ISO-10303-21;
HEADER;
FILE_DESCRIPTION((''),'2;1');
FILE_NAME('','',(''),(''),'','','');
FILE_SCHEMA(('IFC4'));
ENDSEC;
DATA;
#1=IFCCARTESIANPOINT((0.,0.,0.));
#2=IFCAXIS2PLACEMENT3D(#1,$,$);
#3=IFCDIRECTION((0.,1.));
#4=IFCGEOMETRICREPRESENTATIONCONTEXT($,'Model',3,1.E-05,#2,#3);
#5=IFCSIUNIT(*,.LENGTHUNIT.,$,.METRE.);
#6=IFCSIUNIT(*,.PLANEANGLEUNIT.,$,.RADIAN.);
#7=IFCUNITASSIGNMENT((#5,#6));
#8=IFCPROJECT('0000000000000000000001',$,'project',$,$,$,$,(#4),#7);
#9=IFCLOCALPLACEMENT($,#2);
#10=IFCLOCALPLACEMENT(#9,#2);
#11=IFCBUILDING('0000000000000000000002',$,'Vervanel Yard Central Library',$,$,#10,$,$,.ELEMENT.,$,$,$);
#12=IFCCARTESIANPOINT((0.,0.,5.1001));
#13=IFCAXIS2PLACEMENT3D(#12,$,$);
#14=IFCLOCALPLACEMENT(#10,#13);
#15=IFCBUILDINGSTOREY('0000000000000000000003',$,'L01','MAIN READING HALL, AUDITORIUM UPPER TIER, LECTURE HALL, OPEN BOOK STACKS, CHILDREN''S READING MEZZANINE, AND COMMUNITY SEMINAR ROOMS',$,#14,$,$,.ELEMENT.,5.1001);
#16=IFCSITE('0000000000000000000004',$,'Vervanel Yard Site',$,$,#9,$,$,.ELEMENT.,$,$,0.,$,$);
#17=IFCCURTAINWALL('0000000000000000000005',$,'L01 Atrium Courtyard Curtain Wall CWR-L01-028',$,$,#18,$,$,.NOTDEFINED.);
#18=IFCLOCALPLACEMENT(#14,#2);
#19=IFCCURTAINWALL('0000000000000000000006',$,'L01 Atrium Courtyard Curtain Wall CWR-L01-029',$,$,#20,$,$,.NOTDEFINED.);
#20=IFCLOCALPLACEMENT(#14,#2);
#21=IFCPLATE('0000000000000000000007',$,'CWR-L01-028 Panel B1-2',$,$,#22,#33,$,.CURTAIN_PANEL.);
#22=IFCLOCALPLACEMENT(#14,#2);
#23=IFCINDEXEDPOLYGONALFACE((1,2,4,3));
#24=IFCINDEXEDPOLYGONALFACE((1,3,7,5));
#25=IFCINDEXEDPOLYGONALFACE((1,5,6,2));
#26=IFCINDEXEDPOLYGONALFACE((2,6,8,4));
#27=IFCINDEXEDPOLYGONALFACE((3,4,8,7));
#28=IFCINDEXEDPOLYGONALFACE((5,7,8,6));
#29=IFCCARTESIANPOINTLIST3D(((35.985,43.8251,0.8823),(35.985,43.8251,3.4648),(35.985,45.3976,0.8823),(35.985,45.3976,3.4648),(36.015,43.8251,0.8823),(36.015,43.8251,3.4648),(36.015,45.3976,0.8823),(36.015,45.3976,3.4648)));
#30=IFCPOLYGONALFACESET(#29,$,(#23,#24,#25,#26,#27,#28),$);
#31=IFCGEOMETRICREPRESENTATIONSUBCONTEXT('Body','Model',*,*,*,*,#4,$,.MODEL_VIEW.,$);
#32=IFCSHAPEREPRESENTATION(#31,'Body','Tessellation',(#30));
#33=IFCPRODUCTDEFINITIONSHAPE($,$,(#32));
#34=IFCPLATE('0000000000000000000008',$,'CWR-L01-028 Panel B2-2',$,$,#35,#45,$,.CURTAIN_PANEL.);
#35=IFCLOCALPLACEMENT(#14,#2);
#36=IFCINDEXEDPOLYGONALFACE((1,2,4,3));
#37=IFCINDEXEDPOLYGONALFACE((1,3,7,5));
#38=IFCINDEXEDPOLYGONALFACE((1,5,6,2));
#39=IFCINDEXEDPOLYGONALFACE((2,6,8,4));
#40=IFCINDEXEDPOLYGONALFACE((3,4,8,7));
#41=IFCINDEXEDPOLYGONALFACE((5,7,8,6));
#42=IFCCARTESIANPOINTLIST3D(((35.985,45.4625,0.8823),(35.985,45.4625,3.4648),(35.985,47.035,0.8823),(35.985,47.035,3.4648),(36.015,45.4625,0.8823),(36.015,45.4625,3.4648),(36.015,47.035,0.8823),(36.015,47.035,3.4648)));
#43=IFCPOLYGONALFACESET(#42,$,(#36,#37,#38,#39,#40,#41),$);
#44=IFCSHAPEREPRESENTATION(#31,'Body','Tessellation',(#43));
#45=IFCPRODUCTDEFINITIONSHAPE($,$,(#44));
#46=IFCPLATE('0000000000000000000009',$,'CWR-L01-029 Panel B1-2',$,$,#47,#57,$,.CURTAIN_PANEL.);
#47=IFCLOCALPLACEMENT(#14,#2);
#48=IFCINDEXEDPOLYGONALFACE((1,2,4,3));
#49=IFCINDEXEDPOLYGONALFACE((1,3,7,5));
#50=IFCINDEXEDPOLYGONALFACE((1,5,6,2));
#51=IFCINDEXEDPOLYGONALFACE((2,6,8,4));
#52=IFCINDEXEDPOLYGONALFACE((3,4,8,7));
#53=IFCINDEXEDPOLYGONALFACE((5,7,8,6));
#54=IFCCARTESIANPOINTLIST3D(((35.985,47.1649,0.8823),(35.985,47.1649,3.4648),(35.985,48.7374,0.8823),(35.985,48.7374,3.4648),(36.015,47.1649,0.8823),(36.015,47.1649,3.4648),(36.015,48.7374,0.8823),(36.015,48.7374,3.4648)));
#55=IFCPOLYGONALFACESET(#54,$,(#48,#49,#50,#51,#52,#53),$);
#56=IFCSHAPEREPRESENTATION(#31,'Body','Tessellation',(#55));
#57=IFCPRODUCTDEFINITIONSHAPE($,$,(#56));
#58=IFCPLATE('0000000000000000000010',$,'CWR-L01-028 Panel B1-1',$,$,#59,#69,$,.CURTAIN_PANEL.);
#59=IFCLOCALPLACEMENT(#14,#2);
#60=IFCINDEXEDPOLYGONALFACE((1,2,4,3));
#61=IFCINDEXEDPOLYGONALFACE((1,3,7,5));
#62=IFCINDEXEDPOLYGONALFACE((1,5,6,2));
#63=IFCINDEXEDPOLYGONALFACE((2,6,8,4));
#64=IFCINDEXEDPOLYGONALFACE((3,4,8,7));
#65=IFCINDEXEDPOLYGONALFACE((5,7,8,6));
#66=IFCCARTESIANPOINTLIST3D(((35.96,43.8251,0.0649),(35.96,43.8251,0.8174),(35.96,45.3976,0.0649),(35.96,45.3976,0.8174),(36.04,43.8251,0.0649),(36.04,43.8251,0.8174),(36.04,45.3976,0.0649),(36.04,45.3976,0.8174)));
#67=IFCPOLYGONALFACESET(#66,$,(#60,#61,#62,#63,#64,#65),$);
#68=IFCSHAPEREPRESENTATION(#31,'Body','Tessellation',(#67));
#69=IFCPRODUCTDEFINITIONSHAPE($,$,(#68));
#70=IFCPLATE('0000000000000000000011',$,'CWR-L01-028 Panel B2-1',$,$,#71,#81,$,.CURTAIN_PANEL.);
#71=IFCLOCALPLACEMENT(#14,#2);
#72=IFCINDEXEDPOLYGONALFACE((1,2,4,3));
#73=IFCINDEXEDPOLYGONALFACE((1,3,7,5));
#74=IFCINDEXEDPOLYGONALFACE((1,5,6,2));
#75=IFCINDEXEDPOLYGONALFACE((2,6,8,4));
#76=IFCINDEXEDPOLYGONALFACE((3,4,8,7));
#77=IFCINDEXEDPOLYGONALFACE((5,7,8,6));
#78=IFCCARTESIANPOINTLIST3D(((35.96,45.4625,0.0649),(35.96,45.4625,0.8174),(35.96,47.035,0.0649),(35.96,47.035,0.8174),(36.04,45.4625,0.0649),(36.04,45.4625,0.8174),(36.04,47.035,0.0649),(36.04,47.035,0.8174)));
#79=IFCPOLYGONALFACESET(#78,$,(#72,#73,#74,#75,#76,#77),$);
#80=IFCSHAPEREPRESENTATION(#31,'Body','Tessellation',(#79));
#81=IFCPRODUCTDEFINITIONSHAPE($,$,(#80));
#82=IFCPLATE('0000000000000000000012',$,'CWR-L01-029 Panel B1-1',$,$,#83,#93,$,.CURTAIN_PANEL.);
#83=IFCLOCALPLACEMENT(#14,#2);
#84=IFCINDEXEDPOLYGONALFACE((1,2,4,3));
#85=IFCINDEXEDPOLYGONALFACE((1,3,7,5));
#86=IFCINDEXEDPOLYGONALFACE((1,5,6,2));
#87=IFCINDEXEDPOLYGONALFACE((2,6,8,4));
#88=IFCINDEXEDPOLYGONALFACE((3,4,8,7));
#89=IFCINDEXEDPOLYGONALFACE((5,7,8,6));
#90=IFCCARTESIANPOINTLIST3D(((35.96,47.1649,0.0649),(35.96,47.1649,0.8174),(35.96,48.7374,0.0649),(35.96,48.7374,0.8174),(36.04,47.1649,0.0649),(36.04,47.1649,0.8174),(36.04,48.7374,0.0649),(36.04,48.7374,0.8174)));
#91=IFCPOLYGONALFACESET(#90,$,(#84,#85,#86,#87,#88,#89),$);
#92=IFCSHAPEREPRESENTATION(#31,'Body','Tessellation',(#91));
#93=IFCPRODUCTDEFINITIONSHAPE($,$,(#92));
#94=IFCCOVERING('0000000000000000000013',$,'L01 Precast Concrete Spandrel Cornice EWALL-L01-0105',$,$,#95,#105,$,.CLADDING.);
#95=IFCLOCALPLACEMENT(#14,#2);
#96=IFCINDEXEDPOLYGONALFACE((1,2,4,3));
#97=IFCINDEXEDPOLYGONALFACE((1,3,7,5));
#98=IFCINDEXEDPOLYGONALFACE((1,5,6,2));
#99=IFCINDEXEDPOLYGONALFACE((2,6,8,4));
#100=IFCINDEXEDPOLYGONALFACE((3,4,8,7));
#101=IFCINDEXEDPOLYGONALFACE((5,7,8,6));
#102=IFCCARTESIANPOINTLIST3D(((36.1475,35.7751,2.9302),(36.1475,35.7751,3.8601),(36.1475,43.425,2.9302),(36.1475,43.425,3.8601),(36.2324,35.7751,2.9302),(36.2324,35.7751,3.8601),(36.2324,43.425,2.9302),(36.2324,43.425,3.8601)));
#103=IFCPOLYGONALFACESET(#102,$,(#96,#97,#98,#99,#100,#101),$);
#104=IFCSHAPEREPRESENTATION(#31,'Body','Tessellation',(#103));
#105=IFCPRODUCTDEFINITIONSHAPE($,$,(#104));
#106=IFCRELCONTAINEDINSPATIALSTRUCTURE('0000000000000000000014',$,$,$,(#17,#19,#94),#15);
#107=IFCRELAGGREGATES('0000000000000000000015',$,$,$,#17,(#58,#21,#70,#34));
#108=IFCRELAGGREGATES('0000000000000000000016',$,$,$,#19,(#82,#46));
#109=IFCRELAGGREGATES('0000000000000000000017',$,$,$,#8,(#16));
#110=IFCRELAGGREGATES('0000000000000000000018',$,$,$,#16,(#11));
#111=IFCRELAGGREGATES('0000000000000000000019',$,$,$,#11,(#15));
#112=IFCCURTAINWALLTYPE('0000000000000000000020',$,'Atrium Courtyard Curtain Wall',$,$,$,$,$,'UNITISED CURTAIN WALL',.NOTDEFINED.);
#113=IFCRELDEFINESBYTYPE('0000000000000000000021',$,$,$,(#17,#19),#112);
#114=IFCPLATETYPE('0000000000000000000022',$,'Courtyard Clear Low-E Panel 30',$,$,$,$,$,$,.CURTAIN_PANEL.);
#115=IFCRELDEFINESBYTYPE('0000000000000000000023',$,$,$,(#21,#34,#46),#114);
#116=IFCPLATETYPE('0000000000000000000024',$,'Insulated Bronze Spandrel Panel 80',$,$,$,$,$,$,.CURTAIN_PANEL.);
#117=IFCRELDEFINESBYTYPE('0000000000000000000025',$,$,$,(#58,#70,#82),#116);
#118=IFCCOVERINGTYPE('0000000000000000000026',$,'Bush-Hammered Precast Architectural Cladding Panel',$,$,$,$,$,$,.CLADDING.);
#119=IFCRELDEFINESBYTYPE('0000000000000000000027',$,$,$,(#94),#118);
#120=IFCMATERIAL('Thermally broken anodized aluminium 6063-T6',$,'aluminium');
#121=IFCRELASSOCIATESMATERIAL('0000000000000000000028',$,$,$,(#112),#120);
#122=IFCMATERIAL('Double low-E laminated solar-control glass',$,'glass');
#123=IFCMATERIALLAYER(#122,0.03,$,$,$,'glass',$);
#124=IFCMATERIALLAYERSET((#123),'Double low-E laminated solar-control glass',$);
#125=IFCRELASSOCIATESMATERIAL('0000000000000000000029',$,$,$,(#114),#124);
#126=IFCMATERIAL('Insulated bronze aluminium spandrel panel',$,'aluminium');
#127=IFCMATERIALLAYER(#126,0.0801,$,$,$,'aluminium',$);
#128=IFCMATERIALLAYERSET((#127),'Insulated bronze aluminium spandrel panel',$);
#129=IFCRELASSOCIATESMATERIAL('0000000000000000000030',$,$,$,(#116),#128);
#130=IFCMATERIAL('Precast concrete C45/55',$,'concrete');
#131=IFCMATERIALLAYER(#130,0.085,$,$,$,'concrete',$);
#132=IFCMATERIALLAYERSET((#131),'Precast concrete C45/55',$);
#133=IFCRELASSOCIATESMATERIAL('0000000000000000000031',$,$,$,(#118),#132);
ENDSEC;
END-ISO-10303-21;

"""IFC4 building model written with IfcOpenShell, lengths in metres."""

from ifc_helpers import new_model, si_unit, direction, frame, origin, origin_2d, place, context, subcontext, project, spatial, rectangle, extrude, material, layer, layer_set, type_object, element, aggregate, save


model = new_model("IFC4")

# Units and contexts
model_context = context("Model", 3, precision=1e-05, world=origin(), true_north=direction((0.0, 1.0)))
body_context = subcontext(model_context, "Body", "Model", "MODEL_VIEW")
ifc_project = project(units=[si_unit("LENGTHUNIT", "METRE"), si_unit("PLANEANGLEUNIT", "RADIAN")], contexts=[model_context])

# Site, building, storey
site_placement = place(None, origin())
site = spatial("IfcSite", under=ifc_project, at=site_placement, Name="Vervanel Yard Site", CompositionType="ELEMENT", RefElevation=0.0)
building_placement = place(site_placement, origin())
building = spatial("IfcBuilding", under=site, at=building_placement, Name="Vervanel Yard Central Library", CompositionType="ELEMENT")
storey_placement = place(building_placement, frame((0.0, 0.0, 5.1001)))
storey = spatial("IfcBuildingStorey", under=building, at=storey_placement, Name="L01", Description="MAIN READING HALL, AUDITORIUM UPPER TIER, LECTURE HALL, OPEN BOOK STACKS, CHILDREN'S READING MEZZANINE, AND COMMUNITY SEMINAR ROOMS", CompositionType="ELEMENT", Elevation=5.1001)

# Curtain walls
ifc_material_1 = material(Name="Thermally broken anodized aluminium 6063-T6", Category="aluminium")
curtain_wall_type = type_object("IfcCurtainWallType", Name="Atrium Courtyard Curtain Wall", ElementType="UNITISED CURTAIN WALL", PredefinedType="NOTDEFINED", material=ifc_material_1)
curtain_wall_1_placement = place(storey_placement, origin())
curtain_wall_1 = element("IfcCurtainWall", 1, at=curtain_wall_1_placement, inside=storey, type_object=curtain_wall_type, Name="L01 Atrium Courtyard Curtain Wall CWR-L01-028", PredefinedType="NOTDEFINED")
curtain_wall_2_placement = place(storey_placement, origin())
curtain_wall_2 = element("IfcCurtainWall", 2, at=curtain_wall_2_placement, inside=storey, type_object=curtain_wall_type, Name="L01 Atrium Courtyard Curtain Wall CWR-L01-029", PredefinedType="NOTDEFINED")

# Plates
ifc_material_2 = material(Name="Double low-E laminated solar-control glass", Category="glass")
ifc_layer_1 = layer(ifc_material_2, 0.03, Category="glass")
ifc_layer_set_1 = layer_set([ifc_layer_1], Name="Double low-E laminated solar-control glass")
plate_type_1 = type_object("IfcPlateType", Name="Courtyard Clear Low-E Panel 30", PredefinedType="CURTAIN_PANEL", material=ifc_layer_set_1)
plate_1_placement = place(storey_placement, frame((36.0, 44.6113, 0.8823), z_axis=(0.0, 0.0, 1.0), x_axis=(0.0, 1.0, 0.0)))
plate_1 = element("IfcPlate", 3, at=plate_1_placement, type_object=plate_type_1, Name="CWR-L01-028 Panel B1-2", PredefinedType="CURTAIN_PANEL", context=body_context, shape_type="SweptSolid", body=[
    extrude(rectangle(XDim=1.5725, YDim=0.03, at=origin_2d()), origin(), (0.0, 0.0, 1.0), 2.5825),
])
plate_2_placement = place(storey_placement, frame((36.0, 46.2488, 0.8823), z_axis=(0.0, 0.0, 1.0), x_axis=(0.0, 1.0, 0.0)))
plate_2 = element("IfcPlate", 4, at=plate_2_placement, type_object=plate_type_1, Name="CWR-L01-028 Panel B2-2", PredefinedType="CURTAIN_PANEL", context=body_context, shape_type="SweptSolid", body=[
    extrude(rectangle(XDim=1.5725, YDim=0.03, at=origin_2d()), origin(), (0.0, 0.0, 1.0), 2.5825),
])
plate_3_placement = place(storey_placement, frame((36.0, 47.9512, 0.8823), z_axis=(0.0, 0.0, 1.0), x_axis=(0.0, 1.0, 0.0)))
plate_3 = element("IfcPlate", 5, at=plate_3_placement, type_object=plate_type_1, Name="CWR-L01-029 Panel B1-2", PredefinedType="CURTAIN_PANEL", context=body_context, shape_type="SweptSolid", body=[
    extrude(rectangle(XDim=1.5725, YDim=0.03, at=origin_2d()), origin(), (0.0, 0.0, 1.0), 2.5825),
])
ifc_material_3 = material(Name="Insulated bronze aluminium spandrel panel", Category="aluminium")
ifc_layer_2 = layer(ifc_material_3, 0.0801, Category="aluminium")
ifc_layer_set_2 = layer_set([ifc_layer_2], Name="Insulated bronze aluminium spandrel panel")
plate_type_2 = type_object("IfcPlateType", Name="Insulated Bronze Spandrel Panel 80", PredefinedType="CURTAIN_PANEL", material=ifc_layer_set_2)
plate_4_placement = place(storey_placement, frame((36.0, 44.6113, 0.0649), z_axis=(0.0, 0.0, 1.0), x_axis=(0.0, 1.0, 0.0)))
plate_4 = element("IfcPlate", 6, at=plate_4_placement, type_object=plate_type_2, Name="CWR-L01-028 Panel B1-1", PredefinedType="CURTAIN_PANEL", context=body_context, shape_type="SweptSolid", body=[
    extrude(rectangle(XDim=1.5725, YDim=0.0801, at=origin_2d()), origin(), (0.0, 0.0, 1.0), 0.7524),
])
plate_5_placement = place(storey_placement, frame((36.0, 46.2488, 0.0649), z_axis=(0.0, 0.0, 1.0), x_axis=(0.0, 1.0, 0.0)))
plate_5 = element("IfcPlate", 7, at=plate_5_placement, type_object=plate_type_2, Name="CWR-L01-028 Panel B2-1", PredefinedType="CURTAIN_PANEL", context=body_context, shape_type="SweptSolid", body=[
    extrude(rectangle(XDim=1.5725, YDim=0.0801, at=origin_2d()), origin(), (0.0, 0.0, 1.0), 0.7524),
])
aggregate(curtain_wall_1, [plate_4, plate_1, plate_5, plate_2])
plate_6_placement = place(storey_placement, frame((36.0, 47.9512, 0.0649), z_axis=(0.0, 0.0, 1.0), x_axis=(0.0, 1.0, 0.0)))
plate_6 = element("IfcPlate", 8, at=plate_6_placement, type_object=plate_type_2, Name="CWR-L01-029 Panel B1-1", PredefinedType="CURTAIN_PANEL", context=body_context, shape_type="SweptSolid", body=[
    extrude(rectangle(XDim=1.5725, YDim=0.0801, at=origin_2d()), origin(), (0.0, 0.0, 1.0), 0.7524),
])
aggregate(curtain_wall_2, [plate_6, plate_3])

# Covering
ifc_material_4 = material(Name="Precast concrete C45/55", Category="concrete")
ifc_layer_3 = layer(ifc_material_4, 0.085, Category="concrete")
ifc_layer_set_3 = layer_set([ifc_layer_3], Name="Precast concrete C45/55")
covering_type = type_object("IfcCoveringType", Name="Bush-Hammered Precast Architectural Cladding Panel", PredefinedType="CLADDING", material=ifc_layer_set_3)
covering_placement = place(storey_placement, frame((36.1899, 39.6001, 2.9302), z_axis=(0.0, 0.0, 1.0), x_axis=(0.0, 1.0, 0.0)))
element("IfcCovering", 9, at=covering_placement, inside=storey, type_object=covering_type, Name="L01 Precast Concrete Spandrel Cornice EWALL-L01-0105", PredefinedType="CLADDING", context=body_context, shape_type="SweptSolid", body=[
    extrude(rectangle(XDim=7.6499, YDim=0.085, at=origin_2d()), origin(), (0.0, 0.0, 1.0), 0.9299),
])

save(model, "model.ifc")
